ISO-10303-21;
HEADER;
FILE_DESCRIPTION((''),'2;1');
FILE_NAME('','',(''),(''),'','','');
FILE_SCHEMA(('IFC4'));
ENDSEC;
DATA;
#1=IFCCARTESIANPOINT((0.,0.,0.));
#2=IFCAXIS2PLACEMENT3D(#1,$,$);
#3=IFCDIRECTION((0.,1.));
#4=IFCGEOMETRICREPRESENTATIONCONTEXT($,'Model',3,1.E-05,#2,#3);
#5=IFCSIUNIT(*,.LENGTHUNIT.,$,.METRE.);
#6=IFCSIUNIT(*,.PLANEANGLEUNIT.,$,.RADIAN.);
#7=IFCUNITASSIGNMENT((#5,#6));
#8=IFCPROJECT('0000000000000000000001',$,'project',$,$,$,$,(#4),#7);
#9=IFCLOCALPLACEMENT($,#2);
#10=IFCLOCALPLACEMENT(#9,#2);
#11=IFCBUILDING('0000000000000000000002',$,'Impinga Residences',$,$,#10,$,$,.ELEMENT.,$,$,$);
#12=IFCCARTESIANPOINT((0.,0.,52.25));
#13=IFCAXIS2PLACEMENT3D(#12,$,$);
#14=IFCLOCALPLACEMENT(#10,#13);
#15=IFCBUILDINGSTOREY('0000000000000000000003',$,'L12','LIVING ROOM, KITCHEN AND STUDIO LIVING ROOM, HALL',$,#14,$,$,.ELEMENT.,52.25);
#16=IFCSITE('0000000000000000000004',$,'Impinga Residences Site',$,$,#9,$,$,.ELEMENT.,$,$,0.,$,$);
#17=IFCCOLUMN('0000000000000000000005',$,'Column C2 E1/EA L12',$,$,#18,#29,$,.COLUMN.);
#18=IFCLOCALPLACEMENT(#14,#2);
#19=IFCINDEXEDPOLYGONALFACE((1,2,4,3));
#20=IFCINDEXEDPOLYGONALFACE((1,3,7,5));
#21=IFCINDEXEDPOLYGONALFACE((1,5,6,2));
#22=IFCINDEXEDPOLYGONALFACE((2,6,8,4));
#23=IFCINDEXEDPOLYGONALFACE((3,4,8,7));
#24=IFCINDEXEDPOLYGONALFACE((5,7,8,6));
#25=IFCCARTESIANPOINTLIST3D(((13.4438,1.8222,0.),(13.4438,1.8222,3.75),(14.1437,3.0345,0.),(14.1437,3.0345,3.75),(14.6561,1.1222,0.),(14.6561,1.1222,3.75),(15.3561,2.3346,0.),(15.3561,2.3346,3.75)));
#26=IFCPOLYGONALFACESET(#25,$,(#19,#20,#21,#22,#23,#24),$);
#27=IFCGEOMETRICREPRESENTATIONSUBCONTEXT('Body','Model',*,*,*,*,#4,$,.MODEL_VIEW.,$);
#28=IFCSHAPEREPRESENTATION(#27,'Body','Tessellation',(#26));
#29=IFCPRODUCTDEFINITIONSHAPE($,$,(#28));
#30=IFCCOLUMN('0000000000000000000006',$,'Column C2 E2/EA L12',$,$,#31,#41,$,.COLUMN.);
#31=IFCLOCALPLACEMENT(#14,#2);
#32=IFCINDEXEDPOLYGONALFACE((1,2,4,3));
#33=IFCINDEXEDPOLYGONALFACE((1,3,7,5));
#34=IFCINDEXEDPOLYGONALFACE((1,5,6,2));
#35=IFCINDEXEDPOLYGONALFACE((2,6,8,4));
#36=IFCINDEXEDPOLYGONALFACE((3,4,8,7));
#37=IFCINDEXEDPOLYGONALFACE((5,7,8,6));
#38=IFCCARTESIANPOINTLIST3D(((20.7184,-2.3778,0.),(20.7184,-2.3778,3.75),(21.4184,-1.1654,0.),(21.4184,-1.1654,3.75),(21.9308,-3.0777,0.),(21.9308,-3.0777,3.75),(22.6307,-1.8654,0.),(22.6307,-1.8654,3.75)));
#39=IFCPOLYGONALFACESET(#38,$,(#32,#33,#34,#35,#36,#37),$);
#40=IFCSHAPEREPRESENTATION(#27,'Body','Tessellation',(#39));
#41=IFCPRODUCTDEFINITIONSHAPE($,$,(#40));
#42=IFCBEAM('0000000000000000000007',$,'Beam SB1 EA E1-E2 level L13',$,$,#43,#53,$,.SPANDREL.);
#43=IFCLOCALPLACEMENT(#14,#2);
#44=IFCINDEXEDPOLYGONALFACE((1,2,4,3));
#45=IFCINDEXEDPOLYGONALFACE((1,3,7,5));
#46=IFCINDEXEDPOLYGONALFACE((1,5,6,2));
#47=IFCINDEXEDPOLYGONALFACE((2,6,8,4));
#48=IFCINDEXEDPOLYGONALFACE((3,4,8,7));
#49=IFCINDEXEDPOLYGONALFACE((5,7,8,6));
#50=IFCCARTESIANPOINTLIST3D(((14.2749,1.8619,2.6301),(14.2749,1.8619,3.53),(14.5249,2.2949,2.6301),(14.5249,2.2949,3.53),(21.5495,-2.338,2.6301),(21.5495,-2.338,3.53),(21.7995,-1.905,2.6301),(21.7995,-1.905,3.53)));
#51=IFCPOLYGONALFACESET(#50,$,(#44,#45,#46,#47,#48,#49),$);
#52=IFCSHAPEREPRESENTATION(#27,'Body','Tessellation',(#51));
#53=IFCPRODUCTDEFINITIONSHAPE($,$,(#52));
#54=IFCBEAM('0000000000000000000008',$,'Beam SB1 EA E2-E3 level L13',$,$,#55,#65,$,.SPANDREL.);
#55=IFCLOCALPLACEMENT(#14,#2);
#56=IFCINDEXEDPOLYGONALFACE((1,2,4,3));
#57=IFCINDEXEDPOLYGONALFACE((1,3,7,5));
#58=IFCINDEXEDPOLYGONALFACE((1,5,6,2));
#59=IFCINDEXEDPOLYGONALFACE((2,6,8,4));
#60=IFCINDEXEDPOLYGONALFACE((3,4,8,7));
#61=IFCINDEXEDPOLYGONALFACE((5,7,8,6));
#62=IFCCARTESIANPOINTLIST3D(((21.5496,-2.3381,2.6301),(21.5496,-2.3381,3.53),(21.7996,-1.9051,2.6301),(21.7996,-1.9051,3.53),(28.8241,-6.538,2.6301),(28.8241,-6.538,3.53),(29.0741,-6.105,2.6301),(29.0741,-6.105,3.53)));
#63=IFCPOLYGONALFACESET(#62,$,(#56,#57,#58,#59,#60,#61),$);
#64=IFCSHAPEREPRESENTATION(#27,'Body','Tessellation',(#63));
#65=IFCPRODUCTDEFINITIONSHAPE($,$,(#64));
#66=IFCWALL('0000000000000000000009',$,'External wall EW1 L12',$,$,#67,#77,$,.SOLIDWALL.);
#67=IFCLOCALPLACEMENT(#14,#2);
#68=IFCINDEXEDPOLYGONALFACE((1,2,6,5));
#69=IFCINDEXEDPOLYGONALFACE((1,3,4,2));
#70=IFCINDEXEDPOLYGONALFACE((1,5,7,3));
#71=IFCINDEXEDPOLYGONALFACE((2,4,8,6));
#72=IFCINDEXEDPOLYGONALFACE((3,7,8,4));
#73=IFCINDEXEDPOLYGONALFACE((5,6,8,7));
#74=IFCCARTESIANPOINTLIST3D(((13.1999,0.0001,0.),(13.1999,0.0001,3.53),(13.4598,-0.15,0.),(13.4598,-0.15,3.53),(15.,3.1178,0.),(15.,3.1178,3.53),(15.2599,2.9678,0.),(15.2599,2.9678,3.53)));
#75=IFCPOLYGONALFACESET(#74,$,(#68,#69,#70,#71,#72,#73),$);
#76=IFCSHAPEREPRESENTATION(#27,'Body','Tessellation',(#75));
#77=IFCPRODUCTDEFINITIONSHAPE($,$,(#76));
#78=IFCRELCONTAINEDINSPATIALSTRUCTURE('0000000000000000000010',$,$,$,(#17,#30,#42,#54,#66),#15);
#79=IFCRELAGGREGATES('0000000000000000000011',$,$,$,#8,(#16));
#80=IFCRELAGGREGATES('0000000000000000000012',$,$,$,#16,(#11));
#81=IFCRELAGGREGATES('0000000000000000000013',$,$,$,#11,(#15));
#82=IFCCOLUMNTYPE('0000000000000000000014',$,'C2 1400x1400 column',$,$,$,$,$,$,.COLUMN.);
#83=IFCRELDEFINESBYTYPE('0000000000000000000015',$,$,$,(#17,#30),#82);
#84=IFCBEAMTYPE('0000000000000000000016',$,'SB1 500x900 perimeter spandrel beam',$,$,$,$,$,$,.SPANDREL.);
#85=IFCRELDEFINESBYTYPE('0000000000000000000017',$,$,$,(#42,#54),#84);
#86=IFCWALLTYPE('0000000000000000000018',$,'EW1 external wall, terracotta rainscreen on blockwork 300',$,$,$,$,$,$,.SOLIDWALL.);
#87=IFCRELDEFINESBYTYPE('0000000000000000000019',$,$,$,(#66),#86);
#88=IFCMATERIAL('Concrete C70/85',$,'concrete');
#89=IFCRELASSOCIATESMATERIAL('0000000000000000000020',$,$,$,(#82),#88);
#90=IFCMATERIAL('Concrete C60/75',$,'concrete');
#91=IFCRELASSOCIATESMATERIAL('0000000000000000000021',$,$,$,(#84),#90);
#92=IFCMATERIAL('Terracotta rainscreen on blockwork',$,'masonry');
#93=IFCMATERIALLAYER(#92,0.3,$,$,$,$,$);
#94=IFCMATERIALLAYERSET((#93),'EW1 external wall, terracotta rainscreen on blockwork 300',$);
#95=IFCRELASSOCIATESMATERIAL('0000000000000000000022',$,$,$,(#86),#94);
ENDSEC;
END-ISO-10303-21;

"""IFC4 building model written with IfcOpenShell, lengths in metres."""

from ifc_helpers import new_model, si_unit, direction, frame, frame_2d, origin, origin_2d, place, context, subcontext, project, spatial, rectangle, extrude, material, layer, layer_set, material_profile, profile_set, type_object, element, save


model = new_model("IFC4")

# Units and contexts
model_context = context("Model", 3, precision=1e-05, world=origin(), true_north=direction((0.0, 1.0)))
body_context = subcontext(model_context, "Body", "Model", "MODEL_VIEW")
ifc_project = project(units=[si_unit("LENGTHUNIT", "METRE"), si_unit("PLANEANGLEUNIT", "RADIAN")], contexts=[model_context])

# Site, building, storey
site_placement = place(None, origin())
site = spatial("IfcSite", under=ifc_project, at=site_placement, Name="Impinga Residences Site", CompositionType="ELEMENT", RefElevation=0.0)
building_placement = place(site_placement, origin())
building = spatial("IfcBuilding", under=site, at=building_placement, Name="Impinga Residences", CompositionType="ELEMENT")
storey_placement = place(building_placement, frame((0.0, 0.0, 52.25)))
storey = spatial("IfcBuildingStorey", under=building, at=storey_placement, Name="L12", Description="LIVING ROOM, KITCHEN AND STUDIO LIVING ROOM, HALL", CompositionType="ELEMENT", Elevation=52.25)

# Columns
ifc_material_1 = material(Name="Concrete C70/85", Category="concrete")
ifc_material_profile_1 = material_profile(ifc_material_1, rectangle(XDim=1.3999, YDim=1.3999, at=origin_2d()), Name="RC 1400x1400")
ifc_profile_set_1 = profile_set([ifc_material_profile_1], Name="Concrete C70/85")
column_type = type_object("IfcColumnType", Name="C2 1400x1400 column", PredefinedType="COLUMN", material=ifc_profile_set_1)
for number, where, z_axis, x_axis, name in (
    (1, (14.3999, 2.0784, 0.0), (0.0, 0.0, 1.0), (-0.5, -0.866025, 0.0), "Column C2 E1/EA L12"),
    (2, (21.6746, -2.1216, 0.0), (0.0, 0.0, 1.0), (-0.5, -0.866025, 0.0), "Column C2 E2/EA L12"),
):
    element("IfcColumn", number, at=place(storey_placement, frame(where, z_axis=z_axis, x_axis=x_axis)), inside=storey, type_object=column_type, Name=name, PredefinedType="COLUMN", context=body_context, shape_type="SweptSolid", body=[
        extrude(rectangle(XDim=1.3999, YDim=1.3999, at=origin_2d()), origin(), (0.0, 0.0, 1.0), 3.75),
    ])

# Beams
ifc_material_2 = material(Name="Concrete C60/75", Category="concrete")
ifc_material_profile_2 = material_profile(ifc_material_2, rectangle(XDim=0.5, YDim=0.8999, at=origin_2d()), Name="RC 500x900")
ifc_profile_set_2 = profile_set([ifc_material_profile_2], Name="Concrete C60/75")
beam_type = type_object("IfcBeamType", Name="SB1 500x900 perimeter spandrel beam", PredefinedType="SPANDREL", material=ifc_profile_set_2)
for number, where, z_axis, x_axis, name in (
    (3, (14.3999, 2.0784, 3.0801), (0.866029, -0.499993, 0.0), (0.499993, 0.866029, 0.0), "Beam SB1 EA E1-E2 level L13"),
    (4, (21.6746, -2.1216, 3.0801), (0.866029, -0.499993, 0.0), (0.499993, 0.866029, 0.0), "Beam SB1 EA E2-E3 level L13"),
):
    element("IfcBeam", number, at=place(storey_placement, frame(where, z_axis=z_axis, x_axis=x_axis)), inside=storey, type_object=beam_type, Name=name, PredefinedType="SPANDREL", context=body_context, shape_type="SweptSolid", body=[
        extrude(rectangle(XDim=0.5, YDim=0.8999, at=origin_2d()), origin(), (0.0, 0.0, 1.0), 8.3999),
    ])

# Wall
ifc_material_3 = material(Name="Terracotta rainscreen on blockwork", Category="masonry")
ifc_layer_1 = layer(ifc_material_3, 0.3)
ifc_layer_set_1 = layer_set([ifc_layer_1], Name="EW1 external wall, terracotta rainscreen on blockwork 300")
wall_type_1 = type_object("IfcWallType", Name="EW1 external wall, terracotta rainscreen on blockwork 300", PredefinedType="SOLIDWALL", material=ifc_layer_set_1)
wall_1_placement = place(storey_placement, frame((13.3298, -0.075, 0.0), z_axis=(0.0, 0.0, 1.0), x_axis=(0.500012, 0.866018, 0.0)))
element("IfcWall", 5, at=wall_1_placement, inside=storey, type_object=wall_type_1, Name="External wall EW1 L12", PredefinedType="SOLIDWALL", context=body_context, shape_type="SweptSolid", body=[
    extrude(rectangle(XDim=3.6001, YDim=0.3, at=frame_2d((1.8, 0.0))), origin(), (0.0, 0.0, 1.0), 3.53),
])

save(model, "model.ifc")
